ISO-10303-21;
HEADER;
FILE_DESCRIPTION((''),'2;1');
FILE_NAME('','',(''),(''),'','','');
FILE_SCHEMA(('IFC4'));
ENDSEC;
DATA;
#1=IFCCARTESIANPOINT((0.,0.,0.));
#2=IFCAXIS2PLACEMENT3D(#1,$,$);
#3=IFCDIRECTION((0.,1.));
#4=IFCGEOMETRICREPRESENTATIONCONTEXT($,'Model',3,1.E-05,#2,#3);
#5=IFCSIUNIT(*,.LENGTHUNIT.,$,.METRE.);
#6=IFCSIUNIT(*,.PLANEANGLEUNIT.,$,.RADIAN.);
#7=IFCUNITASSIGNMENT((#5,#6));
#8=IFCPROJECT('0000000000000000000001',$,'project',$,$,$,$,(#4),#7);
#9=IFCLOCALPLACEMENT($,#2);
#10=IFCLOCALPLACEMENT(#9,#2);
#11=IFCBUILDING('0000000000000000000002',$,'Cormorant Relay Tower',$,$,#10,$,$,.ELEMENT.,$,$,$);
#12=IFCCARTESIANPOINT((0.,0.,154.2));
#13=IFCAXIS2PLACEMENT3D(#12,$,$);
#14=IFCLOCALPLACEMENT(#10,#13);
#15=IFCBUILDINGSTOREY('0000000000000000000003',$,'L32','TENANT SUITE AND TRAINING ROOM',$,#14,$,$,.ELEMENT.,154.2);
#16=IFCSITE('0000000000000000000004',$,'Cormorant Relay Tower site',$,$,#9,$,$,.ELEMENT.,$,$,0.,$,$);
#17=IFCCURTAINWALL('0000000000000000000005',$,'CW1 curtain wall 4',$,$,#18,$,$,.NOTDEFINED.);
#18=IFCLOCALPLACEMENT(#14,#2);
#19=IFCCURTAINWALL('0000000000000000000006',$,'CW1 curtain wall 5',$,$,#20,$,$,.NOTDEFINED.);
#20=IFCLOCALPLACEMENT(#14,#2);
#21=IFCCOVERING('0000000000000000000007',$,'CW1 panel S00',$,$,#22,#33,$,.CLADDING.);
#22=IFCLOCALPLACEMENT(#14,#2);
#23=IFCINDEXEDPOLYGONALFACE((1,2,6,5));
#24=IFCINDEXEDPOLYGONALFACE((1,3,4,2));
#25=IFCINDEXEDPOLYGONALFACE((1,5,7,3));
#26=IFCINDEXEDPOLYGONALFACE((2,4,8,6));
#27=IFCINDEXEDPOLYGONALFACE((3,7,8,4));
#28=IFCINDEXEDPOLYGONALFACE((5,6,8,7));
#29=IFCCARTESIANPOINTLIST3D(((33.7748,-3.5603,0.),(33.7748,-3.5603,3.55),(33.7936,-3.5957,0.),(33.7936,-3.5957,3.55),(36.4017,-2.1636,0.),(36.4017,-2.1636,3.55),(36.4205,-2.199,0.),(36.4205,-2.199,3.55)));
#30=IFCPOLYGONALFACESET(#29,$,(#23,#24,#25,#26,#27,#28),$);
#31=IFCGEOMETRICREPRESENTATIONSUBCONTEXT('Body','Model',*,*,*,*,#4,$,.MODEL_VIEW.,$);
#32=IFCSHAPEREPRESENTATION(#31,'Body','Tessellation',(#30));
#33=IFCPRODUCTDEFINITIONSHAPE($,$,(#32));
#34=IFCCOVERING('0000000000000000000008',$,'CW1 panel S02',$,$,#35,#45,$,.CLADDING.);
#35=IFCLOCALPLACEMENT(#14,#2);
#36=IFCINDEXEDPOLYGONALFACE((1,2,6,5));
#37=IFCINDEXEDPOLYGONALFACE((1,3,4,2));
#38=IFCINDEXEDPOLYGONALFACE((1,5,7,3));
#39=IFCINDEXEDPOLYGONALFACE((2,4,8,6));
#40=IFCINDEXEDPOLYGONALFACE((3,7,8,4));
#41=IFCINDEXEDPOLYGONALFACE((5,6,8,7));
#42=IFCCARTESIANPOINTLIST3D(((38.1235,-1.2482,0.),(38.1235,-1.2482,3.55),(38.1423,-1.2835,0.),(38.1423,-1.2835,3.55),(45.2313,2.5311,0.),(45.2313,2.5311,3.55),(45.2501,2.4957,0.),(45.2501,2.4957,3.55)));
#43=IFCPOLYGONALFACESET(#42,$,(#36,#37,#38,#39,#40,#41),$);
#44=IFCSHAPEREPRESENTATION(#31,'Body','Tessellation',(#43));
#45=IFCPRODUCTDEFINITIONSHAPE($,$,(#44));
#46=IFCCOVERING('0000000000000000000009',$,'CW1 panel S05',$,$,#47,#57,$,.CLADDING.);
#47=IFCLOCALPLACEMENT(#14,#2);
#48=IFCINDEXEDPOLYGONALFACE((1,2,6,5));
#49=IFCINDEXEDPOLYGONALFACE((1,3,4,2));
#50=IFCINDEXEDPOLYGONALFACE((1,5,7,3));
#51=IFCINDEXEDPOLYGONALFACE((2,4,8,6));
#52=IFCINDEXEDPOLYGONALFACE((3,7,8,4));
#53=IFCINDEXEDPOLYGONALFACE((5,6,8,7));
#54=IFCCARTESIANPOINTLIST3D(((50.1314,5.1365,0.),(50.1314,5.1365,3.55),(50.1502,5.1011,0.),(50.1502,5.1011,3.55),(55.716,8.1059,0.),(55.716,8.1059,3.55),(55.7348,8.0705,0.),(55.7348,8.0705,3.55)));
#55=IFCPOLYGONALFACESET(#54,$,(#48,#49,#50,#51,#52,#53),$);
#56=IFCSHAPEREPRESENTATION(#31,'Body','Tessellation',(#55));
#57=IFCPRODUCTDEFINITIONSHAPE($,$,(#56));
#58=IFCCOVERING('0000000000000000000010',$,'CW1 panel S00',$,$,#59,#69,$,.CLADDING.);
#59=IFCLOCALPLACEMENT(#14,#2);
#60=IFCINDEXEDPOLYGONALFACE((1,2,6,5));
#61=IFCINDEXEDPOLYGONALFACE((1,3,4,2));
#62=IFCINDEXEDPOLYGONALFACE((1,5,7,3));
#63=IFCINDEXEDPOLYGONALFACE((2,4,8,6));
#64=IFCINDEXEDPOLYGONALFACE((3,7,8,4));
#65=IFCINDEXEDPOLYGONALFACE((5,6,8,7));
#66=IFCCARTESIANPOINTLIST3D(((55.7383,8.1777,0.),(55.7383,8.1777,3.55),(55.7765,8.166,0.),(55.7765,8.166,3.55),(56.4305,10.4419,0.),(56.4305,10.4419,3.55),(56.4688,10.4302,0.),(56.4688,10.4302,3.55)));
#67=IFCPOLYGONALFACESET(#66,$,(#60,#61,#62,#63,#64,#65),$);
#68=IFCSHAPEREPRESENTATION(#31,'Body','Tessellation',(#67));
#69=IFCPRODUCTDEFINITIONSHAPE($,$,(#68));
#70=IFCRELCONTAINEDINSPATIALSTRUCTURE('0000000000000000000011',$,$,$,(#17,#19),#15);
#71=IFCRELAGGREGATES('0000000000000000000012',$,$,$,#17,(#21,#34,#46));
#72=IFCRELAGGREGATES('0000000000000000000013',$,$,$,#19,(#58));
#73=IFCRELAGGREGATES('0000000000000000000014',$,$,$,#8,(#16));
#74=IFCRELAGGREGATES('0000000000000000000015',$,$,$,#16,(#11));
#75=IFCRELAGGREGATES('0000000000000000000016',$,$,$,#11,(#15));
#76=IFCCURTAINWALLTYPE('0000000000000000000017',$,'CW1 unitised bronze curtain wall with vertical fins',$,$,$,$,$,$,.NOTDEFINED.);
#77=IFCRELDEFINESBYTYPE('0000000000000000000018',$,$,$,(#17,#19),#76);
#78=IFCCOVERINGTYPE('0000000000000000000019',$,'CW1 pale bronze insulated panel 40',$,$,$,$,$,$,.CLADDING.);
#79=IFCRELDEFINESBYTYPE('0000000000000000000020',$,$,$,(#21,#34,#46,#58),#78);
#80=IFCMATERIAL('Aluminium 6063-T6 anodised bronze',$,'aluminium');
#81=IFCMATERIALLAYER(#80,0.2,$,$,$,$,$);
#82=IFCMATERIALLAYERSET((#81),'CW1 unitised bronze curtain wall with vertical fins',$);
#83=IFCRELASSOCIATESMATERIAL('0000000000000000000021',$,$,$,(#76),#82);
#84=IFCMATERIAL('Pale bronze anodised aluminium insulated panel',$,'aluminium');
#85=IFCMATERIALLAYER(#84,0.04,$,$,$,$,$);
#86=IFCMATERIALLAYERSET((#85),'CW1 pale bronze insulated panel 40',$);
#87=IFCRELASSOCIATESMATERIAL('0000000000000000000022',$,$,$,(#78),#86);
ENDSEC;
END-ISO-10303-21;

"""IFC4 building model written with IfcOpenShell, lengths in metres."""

from ifc_helpers import new_model, si_unit, direction, frame, origin, origin_2d, place, context, subcontext, project, spatial, rectangle, extrude, material, layer, layer_set, type_object, element, aggregate, save


model = new_model("IFC4")

# Units and contexts
model_context = context("Model", 3, precision=1e-05, world=origin(), true_north=direction((0.0, 1.0)))
body_context = subcontext(model_context, "Body", "Model", "MODEL_VIEW")
ifc_project = project(units=[si_unit("LENGTHUNIT", "METRE"), si_unit("PLANEANGLEUNIT", "RADIAN")], contexts=[model_context])

# Site, building, storey
site_placement = place(None, origin())
site = spatial("IfcSite", under=ifc_project, at=site_placement, Name="Cormorant Relay Tower site", CompositionType="ELEMENT", RefElevation=0.0)
building_placement = place(site_placement, origin())
building = spatial("IfcBuilding", under=site, at=building_placement, Name="Cormorant Relay Tower", CompositionType="ELEMENT")
storey_placement = place(building_placement, frame((0.0, 0.0, 154.2)))
storey = spatial("IfcBuildingStorey", under=building, at=storey_placement, Name="L32", Description="TENANT SUITE AND TRAINING ROOM", CompositionType="ELEMENT", Elevation=154.2)

# Shared definitions
ifc_material_1 = material(Name="Aluminium 6063-T6 anodised bronze", Category="aluminium")
ifc_layer_1 = layer(ifc_material_1, 0.2)
ifc_layer_set_1 = layer_set([ifc_layer_1], Name="CW1 unitised bronze curtain wall with vertical fins")
curtain_wall_type = type_object("IfcCurtainWallType", Name="CW1 unitised bronze curtain wall with vertical fins", PredefinedType="NOTDEFINED", material=ifc_layer_set_1)

# Curtain wall
curtain_wall_1_placement = place(storey_placement, origin())
curtain_wall_1 = element("IfcCurtainWall", 1, at=curtain_wall_1_placement, inside=storey, type_object=curtain_wall_type, Name="CW1 curtain wall 4", PredefinedType="NOTDEFINED")

# Curtain wall
curtain_wall_2_placement = place(storey_placement, origin())
curtain_wall_2 = element("IfcCurtainWall", 2, at=curtain_wall_2_placement, inside=storey, type_object=curtain_wall_type, Name="CW1 curtain wall 5", PredefinedType="NOTDEFINED")

# Coverings
ifc_material_2 = material(Name="Pale bronze anodised aluminium insulated panel", Category="aluminium")
ifc_layer_2 = layer(ifc_material_2, 0.04)
ifc_layer_set_2 = layer_set([ifc_layer_2], Name="CW1 pale bronze insulated panel 40")
covering_type = type_object("IfcCoveringType", Name="CW1 pale bronze insulated panel 40", PredefinedType="CLADDING", material=ifc_layer_set_2)
covering_1_placement = place(storey_placement, frame((35.0977, -2.8796, 0.0), z_axis=(0.0, 0.0, 1.0), x_axis=(0.882948, 0.469472, 0.0)))
covering_1 = element("IfcCovering", 3, at=covering_1_placement, type_object=covering_type, Name="CW1 panel S00", PredefinedType="CLADDING", context=body_context, shape_type="SweptSolid", body=[
    extrude(rectangle(XDim=2.9751, YDim=0.04, at=origin_2d()), origin(), (0.0, 0.0, 1.0), 3.55),
])
covering_2_placement = place(storey_placement, frame((41.6868, 0.6238, 0.0), z_axis=(0.0, 0.0, 1.0), x_axis=(0.882948, 0.469472, 0.0)))
covering_2 = element("IfcCovering", 4, at=covering_2_placement, type_object=covering_type, Name="CW1 panel S02", PredefinedType="CLADDING", context=body_context, shape_type="SweptSolid", body=[
    extrude(rectangle(XDim=8.05, YDim=0.04, at=origin_2d()), origin(), (0.0, 0.0, 1.0), 3.55),
])
covering_3_placement = place(storey_placement, frame((52.9331, 6.6035, 0.0), z_axis=(0.0, 0.0, 1.0), x_axis=(0.882948, 0.469472, 0.0)))
covering_3 = element("IfcCovering", 5, at=covering_3_placement, type_object=covering_type, Name="CW1 panel S05", PredefinedType="CLADDING", context=body_context, shape_type="SweptSolid", body=[
    extrude(rectangle(XDim=6.325, YDim=0.04, at=origin_2d()), origin(), (0.0, 0.0, 1.0), 3.55),
])
aggregate(curtain_wall_1, [covering_1, covering_2, covering_3])
covering_4_placement = place(storey_placement, frame((56.1035, 9.304, 0.0), z_axis=(0.0, 0.0, 1.0), x_axis=(0.292372, 0.956305, 0.0)))
covering_4 = element("IfcCovering", 6, at=covering_4_placement, type_object=covering_type, Name="CW1 panel S00", PredefinedType="CLADDING", context=body_context, shape_type="SweptSolid", body=[
    extrude(rectangle(XDim=2.3677, YDim=0.04, at=origin_2d()), origin(), (0.0, 0.0, 1.0), 3.55),
])
aggregate(curtain_wall_2, [covering_4])

save(model, "model.ifc")
